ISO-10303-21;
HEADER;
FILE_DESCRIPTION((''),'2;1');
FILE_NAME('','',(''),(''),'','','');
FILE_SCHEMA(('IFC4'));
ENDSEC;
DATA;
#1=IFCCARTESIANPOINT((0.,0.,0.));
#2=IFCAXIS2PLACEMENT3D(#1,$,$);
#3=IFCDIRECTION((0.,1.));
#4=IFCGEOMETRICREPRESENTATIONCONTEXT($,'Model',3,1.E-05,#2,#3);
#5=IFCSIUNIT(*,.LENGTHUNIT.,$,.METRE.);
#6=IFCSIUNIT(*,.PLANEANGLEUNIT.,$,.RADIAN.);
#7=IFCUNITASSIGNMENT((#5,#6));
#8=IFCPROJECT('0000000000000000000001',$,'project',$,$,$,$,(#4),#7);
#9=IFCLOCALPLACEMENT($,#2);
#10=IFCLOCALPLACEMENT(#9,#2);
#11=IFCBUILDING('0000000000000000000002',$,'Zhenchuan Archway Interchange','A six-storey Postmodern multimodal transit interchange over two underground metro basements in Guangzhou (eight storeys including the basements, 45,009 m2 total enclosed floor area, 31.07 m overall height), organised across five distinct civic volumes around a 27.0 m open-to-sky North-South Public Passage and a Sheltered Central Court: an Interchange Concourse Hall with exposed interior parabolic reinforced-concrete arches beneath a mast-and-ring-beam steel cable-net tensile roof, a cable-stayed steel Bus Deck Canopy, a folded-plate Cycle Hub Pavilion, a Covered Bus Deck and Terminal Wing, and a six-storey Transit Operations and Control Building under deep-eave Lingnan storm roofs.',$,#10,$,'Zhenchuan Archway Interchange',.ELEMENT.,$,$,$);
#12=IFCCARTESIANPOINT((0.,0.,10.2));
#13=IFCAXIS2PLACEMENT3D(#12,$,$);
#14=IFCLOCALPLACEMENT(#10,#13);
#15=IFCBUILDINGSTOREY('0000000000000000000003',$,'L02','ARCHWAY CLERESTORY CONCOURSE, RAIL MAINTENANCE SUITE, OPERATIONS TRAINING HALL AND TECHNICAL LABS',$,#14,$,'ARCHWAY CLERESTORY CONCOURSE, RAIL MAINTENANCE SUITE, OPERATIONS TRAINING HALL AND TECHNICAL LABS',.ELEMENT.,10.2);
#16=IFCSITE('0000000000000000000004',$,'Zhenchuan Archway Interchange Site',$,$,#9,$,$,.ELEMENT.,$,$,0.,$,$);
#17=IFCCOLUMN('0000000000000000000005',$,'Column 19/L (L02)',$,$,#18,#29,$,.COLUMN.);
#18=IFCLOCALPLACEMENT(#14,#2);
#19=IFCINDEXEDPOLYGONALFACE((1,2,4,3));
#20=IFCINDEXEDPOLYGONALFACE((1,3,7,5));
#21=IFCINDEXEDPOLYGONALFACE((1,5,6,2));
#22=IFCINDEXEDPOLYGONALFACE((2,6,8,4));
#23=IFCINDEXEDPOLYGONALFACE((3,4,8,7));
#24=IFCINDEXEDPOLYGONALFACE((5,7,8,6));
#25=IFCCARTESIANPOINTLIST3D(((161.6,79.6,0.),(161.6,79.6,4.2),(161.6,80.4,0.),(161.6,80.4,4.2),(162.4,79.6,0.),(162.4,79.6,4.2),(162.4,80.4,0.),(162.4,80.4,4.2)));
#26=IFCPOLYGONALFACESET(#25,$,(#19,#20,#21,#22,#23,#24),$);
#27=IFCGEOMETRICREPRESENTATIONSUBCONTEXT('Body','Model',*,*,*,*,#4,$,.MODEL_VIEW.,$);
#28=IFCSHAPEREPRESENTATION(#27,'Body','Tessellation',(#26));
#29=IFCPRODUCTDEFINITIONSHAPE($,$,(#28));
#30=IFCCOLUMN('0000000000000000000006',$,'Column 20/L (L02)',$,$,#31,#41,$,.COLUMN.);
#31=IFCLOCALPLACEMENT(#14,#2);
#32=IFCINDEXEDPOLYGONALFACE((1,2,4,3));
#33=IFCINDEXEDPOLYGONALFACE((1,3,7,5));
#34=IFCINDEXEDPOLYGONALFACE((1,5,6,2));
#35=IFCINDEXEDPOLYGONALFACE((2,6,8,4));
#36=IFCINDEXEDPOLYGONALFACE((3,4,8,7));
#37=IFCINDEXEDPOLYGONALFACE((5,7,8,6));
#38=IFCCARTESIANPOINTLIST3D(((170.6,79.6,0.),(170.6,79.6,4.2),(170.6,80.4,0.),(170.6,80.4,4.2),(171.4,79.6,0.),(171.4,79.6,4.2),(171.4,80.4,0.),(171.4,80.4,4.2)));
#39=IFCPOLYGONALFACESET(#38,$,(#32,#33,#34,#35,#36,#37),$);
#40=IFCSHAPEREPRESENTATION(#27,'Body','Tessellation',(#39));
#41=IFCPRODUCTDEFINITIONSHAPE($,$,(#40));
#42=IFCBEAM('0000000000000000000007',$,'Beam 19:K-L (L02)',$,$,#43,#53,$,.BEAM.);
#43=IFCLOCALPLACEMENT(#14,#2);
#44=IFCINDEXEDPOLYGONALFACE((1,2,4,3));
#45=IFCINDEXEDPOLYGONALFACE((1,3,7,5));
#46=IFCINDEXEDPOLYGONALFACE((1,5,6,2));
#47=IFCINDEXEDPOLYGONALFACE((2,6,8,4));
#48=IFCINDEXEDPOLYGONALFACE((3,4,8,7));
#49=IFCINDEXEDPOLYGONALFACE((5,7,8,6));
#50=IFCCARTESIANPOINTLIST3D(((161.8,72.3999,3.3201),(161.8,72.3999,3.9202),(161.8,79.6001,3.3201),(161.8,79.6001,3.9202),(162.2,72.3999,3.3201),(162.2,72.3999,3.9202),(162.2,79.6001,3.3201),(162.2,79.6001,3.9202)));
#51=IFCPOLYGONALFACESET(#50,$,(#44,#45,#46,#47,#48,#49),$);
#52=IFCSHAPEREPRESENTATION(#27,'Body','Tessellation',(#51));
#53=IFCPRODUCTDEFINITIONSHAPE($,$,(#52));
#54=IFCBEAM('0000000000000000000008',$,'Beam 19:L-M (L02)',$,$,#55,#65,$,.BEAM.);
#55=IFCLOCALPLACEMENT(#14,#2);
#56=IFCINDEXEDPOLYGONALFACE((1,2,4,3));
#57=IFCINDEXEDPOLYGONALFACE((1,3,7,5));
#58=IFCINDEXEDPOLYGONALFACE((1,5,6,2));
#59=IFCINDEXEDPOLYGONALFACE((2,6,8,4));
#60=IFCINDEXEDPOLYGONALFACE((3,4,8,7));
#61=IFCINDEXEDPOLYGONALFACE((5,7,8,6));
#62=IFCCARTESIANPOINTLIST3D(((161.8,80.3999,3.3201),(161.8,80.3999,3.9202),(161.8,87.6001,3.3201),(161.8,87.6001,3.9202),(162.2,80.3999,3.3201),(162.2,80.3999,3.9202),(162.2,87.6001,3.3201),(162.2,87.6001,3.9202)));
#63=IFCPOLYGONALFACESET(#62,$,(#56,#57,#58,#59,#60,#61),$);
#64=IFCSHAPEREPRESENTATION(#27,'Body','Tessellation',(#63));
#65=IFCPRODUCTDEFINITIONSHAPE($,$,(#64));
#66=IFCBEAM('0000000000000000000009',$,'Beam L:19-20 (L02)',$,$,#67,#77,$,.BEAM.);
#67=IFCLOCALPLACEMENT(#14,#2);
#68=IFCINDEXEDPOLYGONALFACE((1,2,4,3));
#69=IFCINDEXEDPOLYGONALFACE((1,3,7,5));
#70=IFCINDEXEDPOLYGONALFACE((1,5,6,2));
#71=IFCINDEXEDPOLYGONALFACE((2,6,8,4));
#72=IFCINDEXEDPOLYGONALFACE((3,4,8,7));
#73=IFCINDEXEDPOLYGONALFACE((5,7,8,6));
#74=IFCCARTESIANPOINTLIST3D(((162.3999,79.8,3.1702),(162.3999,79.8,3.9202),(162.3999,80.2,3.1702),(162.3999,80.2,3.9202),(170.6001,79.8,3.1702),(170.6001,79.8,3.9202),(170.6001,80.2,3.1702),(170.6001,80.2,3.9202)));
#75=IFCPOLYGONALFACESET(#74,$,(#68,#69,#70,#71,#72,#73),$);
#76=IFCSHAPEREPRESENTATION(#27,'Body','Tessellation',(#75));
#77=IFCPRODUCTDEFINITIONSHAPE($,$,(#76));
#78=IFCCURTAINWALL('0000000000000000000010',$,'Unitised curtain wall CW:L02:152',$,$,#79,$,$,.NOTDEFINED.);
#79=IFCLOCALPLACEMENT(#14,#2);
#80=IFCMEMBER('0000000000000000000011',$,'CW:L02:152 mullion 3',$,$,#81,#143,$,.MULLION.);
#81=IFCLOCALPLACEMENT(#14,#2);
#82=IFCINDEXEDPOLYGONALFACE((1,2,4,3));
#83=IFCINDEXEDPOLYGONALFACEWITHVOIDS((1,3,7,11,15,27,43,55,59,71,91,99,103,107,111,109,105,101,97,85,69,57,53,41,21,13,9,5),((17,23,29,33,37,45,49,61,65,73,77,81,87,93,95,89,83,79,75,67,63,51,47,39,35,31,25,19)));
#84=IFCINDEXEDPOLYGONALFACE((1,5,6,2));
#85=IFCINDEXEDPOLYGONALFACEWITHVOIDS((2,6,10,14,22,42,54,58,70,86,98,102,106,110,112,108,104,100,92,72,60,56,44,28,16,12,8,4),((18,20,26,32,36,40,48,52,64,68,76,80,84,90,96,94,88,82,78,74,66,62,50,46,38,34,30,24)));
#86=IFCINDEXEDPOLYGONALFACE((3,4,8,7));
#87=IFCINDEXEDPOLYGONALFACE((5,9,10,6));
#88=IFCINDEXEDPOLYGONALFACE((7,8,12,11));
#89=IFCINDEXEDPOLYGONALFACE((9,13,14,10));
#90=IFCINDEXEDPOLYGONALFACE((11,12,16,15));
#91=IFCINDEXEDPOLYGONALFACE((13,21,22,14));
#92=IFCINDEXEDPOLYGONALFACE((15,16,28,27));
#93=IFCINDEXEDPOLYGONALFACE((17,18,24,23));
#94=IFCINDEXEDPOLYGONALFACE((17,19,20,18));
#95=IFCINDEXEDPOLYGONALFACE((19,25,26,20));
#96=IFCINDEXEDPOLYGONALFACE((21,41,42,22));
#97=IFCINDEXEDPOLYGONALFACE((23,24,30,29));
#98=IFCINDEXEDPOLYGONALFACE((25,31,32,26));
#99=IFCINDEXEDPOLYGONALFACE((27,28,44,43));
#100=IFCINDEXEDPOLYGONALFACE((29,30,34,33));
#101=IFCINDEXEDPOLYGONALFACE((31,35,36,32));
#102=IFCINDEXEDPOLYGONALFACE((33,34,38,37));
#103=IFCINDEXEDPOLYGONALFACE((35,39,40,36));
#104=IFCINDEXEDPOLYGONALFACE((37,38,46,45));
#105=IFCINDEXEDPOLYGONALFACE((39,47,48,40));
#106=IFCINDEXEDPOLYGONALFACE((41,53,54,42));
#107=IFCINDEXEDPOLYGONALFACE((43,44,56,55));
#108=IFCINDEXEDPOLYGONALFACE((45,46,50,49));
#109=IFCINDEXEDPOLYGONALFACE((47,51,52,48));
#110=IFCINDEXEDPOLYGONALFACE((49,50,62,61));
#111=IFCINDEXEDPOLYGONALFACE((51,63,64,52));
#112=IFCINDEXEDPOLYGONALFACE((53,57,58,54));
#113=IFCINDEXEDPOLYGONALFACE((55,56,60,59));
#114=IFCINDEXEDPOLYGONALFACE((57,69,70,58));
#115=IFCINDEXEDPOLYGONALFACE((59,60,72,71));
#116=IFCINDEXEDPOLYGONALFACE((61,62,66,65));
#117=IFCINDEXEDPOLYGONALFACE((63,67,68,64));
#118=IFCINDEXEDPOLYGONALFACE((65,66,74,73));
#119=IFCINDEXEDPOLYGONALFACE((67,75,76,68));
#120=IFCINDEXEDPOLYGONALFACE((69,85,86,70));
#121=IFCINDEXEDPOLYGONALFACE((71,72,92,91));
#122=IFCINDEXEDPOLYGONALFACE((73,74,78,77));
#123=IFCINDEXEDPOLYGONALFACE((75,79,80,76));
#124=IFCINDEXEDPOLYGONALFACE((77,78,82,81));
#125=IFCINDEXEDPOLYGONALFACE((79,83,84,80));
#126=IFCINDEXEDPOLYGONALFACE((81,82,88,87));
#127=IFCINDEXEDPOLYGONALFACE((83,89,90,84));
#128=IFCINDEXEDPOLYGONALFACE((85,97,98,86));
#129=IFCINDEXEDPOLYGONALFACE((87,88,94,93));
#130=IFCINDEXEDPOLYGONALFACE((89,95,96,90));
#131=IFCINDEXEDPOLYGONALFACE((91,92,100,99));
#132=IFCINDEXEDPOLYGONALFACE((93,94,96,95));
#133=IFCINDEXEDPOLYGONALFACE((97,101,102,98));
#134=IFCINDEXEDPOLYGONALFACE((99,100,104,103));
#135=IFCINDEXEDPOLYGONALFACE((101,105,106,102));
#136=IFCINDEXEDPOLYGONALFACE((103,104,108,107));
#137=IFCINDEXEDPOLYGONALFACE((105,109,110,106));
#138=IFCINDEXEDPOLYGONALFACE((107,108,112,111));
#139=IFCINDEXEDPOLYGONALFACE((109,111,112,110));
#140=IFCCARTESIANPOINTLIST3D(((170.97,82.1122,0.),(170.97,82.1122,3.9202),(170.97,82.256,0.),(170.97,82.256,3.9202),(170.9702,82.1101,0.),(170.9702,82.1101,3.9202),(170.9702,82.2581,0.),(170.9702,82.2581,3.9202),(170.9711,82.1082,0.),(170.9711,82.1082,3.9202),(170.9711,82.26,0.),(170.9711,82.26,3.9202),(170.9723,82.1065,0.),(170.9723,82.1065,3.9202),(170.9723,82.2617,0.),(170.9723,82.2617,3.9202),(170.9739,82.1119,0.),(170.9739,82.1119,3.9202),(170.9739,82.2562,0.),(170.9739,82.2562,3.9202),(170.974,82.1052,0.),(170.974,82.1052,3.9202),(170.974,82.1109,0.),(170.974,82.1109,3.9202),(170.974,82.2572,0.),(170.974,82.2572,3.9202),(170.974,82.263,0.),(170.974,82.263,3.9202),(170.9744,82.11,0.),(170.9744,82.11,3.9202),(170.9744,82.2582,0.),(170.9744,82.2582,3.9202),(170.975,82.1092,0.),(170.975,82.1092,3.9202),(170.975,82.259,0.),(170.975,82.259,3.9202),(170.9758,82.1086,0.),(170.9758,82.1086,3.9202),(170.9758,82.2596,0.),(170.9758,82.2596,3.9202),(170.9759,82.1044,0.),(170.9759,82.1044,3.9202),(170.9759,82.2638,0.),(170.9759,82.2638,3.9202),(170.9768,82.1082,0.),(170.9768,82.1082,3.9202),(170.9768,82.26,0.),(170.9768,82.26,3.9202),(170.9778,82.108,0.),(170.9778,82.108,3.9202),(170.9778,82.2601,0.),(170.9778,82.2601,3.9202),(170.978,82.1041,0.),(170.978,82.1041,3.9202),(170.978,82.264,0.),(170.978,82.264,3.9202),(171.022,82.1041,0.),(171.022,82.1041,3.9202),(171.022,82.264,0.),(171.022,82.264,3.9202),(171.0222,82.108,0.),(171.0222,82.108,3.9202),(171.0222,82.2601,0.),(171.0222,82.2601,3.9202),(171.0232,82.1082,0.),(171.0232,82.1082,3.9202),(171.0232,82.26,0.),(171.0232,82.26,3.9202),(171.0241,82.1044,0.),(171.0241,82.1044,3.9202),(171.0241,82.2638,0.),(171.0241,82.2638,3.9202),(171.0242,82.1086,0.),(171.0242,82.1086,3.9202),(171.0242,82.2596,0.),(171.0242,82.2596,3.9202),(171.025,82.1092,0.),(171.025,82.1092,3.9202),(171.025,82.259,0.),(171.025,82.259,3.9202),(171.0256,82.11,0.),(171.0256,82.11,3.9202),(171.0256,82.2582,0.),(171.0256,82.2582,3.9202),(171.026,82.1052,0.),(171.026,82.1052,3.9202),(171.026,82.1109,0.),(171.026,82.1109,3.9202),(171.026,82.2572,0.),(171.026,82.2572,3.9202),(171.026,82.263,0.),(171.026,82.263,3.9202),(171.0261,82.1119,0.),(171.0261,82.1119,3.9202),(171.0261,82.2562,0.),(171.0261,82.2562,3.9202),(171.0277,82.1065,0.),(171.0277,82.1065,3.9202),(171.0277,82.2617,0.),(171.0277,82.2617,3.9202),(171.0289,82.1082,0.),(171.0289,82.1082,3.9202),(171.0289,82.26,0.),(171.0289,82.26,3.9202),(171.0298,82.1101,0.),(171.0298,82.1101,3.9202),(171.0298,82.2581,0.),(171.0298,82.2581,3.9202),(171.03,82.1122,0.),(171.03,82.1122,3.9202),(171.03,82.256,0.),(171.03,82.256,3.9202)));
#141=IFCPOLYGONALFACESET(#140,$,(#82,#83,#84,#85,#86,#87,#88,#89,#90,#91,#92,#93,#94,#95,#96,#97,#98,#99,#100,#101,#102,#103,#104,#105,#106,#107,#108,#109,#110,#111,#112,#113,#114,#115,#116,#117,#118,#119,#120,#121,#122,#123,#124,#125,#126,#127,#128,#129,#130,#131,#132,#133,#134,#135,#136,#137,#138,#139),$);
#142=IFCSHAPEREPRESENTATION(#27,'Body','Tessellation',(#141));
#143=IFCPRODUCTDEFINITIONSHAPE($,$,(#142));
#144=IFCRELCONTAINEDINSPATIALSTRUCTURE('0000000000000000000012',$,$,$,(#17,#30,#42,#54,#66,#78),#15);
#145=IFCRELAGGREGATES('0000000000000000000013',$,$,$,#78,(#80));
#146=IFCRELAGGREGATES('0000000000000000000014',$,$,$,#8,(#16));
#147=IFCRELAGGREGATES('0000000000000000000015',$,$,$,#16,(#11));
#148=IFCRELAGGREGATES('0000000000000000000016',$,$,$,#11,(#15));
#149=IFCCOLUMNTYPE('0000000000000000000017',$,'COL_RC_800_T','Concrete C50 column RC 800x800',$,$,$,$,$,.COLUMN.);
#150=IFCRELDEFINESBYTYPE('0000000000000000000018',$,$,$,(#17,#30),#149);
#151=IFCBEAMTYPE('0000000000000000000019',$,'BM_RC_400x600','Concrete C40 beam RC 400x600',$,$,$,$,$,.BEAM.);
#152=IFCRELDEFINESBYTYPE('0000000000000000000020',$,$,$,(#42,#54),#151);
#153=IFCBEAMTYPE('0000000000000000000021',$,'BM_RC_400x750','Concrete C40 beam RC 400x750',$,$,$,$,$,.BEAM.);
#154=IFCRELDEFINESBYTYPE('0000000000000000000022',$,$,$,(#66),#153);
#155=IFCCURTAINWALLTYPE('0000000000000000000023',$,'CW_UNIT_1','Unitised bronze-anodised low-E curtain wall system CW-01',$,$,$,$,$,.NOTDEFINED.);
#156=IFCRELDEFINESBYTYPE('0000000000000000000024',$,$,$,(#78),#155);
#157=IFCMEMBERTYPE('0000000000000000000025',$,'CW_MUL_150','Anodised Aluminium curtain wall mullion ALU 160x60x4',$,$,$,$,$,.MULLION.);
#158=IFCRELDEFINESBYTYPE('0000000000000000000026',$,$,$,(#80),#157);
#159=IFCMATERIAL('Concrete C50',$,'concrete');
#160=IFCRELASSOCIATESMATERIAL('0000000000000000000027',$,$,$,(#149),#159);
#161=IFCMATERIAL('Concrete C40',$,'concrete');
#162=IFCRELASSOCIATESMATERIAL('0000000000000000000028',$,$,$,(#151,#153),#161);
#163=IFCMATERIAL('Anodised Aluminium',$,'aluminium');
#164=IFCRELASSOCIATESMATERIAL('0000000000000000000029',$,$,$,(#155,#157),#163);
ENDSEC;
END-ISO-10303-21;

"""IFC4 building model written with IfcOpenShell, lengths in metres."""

from ifc_helpers import new_model, si_unit, direction, frame, origin, origin_2d, place, context, subcontext, project, spatial, rectangle, hollow_rectangle, extrude, material, material_profile, profile_set, type_object, element, aggregate, save


model = new_model("IFC4")

# Units and contexts
model_context = context("Model", 3, precision=1e-05, world=origin(), true_north=direction((0.0, 1.0)))
body_context = subcontext(model_context, "Body", "Model", "MODEL_VIEW")
ifc_project = project(units=[si_unit("LENGTHUNIT", "METRE"), si_unit("PLANEANGLEUNIT", "RADIAN")], contexts=[model_context])

# Site, building, storey
site_placement = place(None, origin())
site = spatial("IfcSite", under=ifc_project, at=site_placement, Name="Zhenchuan Archway Interchange Site", CompositionType="ELEMENT", RefElevation=0.0)
building_placement = place(site_placement, origin())
building = spatial("IfcBuilding", under=site, at=building_placement, Name="Zhenchuan Archway Interchange", Description="A six-storey Postmodern multimodal transit interchange over two underground metro basements in Guangzhou (eight storeys including the basements, 45,009 m2 total enclosed floor area, 31.07 m overall height), organised across five distinct civic volumes around a 27.0 m open-to-sky North-South Public Passage and a Sheltered Central Court: an Interchange Concourse Hall with exposed interior parabolic reinforced-concrete arches beneath a mast-and-ring-beam steel cable-net tensile roof, a cable-stayed steel Bus Deck Canopy, a folded-plate Cycle Hub Pavilion, a Covered Bus Deck and Terminal Wing, and a six-storey Transit Operations and Control Building under deep-eave Lingnan storm roofs.", LongName="Zhenchuan Archway Interchange", CompositionType="ELEMENT")
storey_placement = place(building_placement, frame((0.0, 0.0, 10.2)))
storey = spatial("IfcBuildingStorey", under=building, at=storey_placement, Name="L02", Description="ARCHWAY CLERESTORY CONCOURSE, RAIL MAINTENANCE SUITE, OPERATIONS TRAINING HALL AND TECHNICAL LABS", LongName="ARCHWAY CLERESTORY CONCOURSE, RAIL MAINTENANCE SUITE, OPERATIONS TRAINING HALL AND TECHNICAL LABS", CompositionType="ELEMENT", Elevation=10.2)

# Columns
ifc_material_1 = material(Name="Concrete C50", Category="concrete")
ifc_material_profile_1 = material_profile(ifc_material_1, rectangle(XDim=0.8, YDim=0.8, at=origin_2d()), Name="RC 800x800")
ifc_profile_set_1 = profile_set([ifc_material_profile_1], Name="Concrete C50")
column_type = type_object("IfcColumnType", Name="COL_RC_800_T", Description="Concrete C50 column RC 800x800", PredefinedType="COLUMN", material=ifc_profile_set_1)
for number, where, z_axis, x_axis, name in (
    (1, (162.0, 80.0, 0.0), (0.0, 0.0, 1.0), (1.0, 0.0, 0.0), "Column 19/L (L02)"),
    (2, (171.0, 80.0, 0.0), (0.0, 0.0, 1.0), (1.0, 0.0, 0.0), "Column 20/L (L02)"),
):
    element("IfcColumn", number, at=place(storey_placement, frame(where, z_axis=z_axis, x_axis=x_axis)), inside=storey, type_object=column_type, Name=name, PredefinedType="COLUMN", context=body_context, shape_type="SweptSolid", body=[
        extrude(rectangle(XDim=0.8, YDim=0.8, at=origin_2d()), origin(), (0.0, 0.0, 1.0), 4.2),
    ])

# Beams
ifc_material_2 = material(Name="Concrete C40", Category="concrete")
ifc_material_profile_2 = material_profile(ifc_material_2, rectangle(XDim=0.3999, YDim=0.6001, at=origin_2d()), Name="RC 400x600")
ifc_profile_set_2 = profile_set([ifc_material_profile_2], Name="Concrete C40")
beam_type_1 = type_object("IfcBeamType", Name="BM_RC_400x600", Description="Concrete C40 beam RC 400x600", PredefinedType="BEAM", material=ifc_profile_set_2)
for number, where, z_axis, x_axis, name in (
    (3, (162.0, 72.3999, 3.6201), (0.0, 1.0, 0.0), (-1.0, 0.0, 0.0), "Beam 19:K-L (L02)"),
    (4, (162.0, 80.3999, 3.6201), (0.0, 1.0, 0.0), (-1.0, 0.0, 0.0), "Beam 19:L-M (L02)"),
):
    element("IfcBeam", number, at=place(storey_placement, frame(where, z_axis=z_axis, x_axis=x_axis)), inside=storey, type_object=beam_type_1, Name=name, PredefinedType="BEAM", context=body_context, shape_type="SweptSolid", body=[
        extrude(rectangle(XDim=0.3999, YDim=0.6001, at=origin_2d()), origin(), (0.0, 0.0, 1.0), 7.2002),
    ])
ifc_material_profile_3 = material_profile(ifc_material_2, rectangle(XDim=0.3999, YDim=0.75, at=origin_2d()), Name="RC 400x750")
ifc_profile_set_3 = profile_set([ifc_material_profile_3], Name="Concrete C40")
beam_type_2 = type_object("IfcBeamType", Name="BM_RC_400x750", Description="Concrete C40 beam RC 400x750", PredefinedType="BEAM", material=ifc_profile_set_3)
beam_placement = place(storey_placement, frame((162.3999, 80.0, 3.5452), z_axis=(1.0, 0.0, 0.0), x_axis=(0.0, 1.0, 0.0)))
element("IfcBeam", 5, at=beam_placement, inside=storey, type_object=beam_type_2, Name="Beam L:19-20 (L02)", PredefinedType="BEAM", context=body_context, shape_type="SweptSolid", body=[
    extrude(rectangle(XDim=0.3999, YDim=0.75, at=origin_2d()), origin(), (0.0, 0.0, 1.0), 8.2002),
])

# Curtain wall, member
ifc_material_3 = material(Name="Anodised Aluminium", Category="aluminium")
curtain_wall_type = type_object("IfcCurtainWallType", Name="CW_UNIT_1", Description="Unitised bronze-anodised low-E curtain wall system CW-01", PredefinedType="NOTDEFINED", material=ifc_material_3)
curtain_wall_placement = place(storey_placement, origin())
curtain_wall = element("IfcCurtainWall", 6, at=curtain_wall_placement, inside=storey, type_object=curtain_wall_type, Name="Unitised curtain wall CW:L02:152", PredefinedType="NOTDEFINED")
ifc_material_profile_4 = material_profile(ifc_material_3, hollow_rectangle(XDim=0.0601, YDim=0.1599, WallThickness=0.0039, InnerFilletRadius=0.0039, OuterFilletRadius=0.0081, at=origin_2d()), Name="ALU 160x60x4")
ifc_profile_set_4 = profile_set([ifc_material_profile_4], Name="Anodised Aluminium")
member_type_1 = type_object("IfcMemberType", Name="CW_MUL_150", Description="Anodised Aluminium curtain wall mullion ALU 160x60x4", PredefinedType="MULLION", material=ifc_profile_set_4)
member_1_placement = place(storey_placement, frame((171.0, 82.1841, 0.0), z_axis=(0.0, 0.0, 1.0), x_axis=(1.0, 0.0, 0.0)))
member_1 = element("IfcMember", 7, at=member_1_placement, type_object=member_type_1, Name="CW:L02:152 mullion 3", PredefinedType="MULLION", context=body_context, shape_type="SweptSolid", body=[
    extrude(hollow_rectangle(XDim=0.0601, YDim=0.1599, WallThickness=0.0039, InnerFilletRadius=0.0039, OuterFilletRadius=0.0081, at=origin_2d()), origin(), (0.0, 0.0, 1.0), 3.9202),
])

aggregate(curtain_wall, [member_1])

save(model, "model.ifc")
